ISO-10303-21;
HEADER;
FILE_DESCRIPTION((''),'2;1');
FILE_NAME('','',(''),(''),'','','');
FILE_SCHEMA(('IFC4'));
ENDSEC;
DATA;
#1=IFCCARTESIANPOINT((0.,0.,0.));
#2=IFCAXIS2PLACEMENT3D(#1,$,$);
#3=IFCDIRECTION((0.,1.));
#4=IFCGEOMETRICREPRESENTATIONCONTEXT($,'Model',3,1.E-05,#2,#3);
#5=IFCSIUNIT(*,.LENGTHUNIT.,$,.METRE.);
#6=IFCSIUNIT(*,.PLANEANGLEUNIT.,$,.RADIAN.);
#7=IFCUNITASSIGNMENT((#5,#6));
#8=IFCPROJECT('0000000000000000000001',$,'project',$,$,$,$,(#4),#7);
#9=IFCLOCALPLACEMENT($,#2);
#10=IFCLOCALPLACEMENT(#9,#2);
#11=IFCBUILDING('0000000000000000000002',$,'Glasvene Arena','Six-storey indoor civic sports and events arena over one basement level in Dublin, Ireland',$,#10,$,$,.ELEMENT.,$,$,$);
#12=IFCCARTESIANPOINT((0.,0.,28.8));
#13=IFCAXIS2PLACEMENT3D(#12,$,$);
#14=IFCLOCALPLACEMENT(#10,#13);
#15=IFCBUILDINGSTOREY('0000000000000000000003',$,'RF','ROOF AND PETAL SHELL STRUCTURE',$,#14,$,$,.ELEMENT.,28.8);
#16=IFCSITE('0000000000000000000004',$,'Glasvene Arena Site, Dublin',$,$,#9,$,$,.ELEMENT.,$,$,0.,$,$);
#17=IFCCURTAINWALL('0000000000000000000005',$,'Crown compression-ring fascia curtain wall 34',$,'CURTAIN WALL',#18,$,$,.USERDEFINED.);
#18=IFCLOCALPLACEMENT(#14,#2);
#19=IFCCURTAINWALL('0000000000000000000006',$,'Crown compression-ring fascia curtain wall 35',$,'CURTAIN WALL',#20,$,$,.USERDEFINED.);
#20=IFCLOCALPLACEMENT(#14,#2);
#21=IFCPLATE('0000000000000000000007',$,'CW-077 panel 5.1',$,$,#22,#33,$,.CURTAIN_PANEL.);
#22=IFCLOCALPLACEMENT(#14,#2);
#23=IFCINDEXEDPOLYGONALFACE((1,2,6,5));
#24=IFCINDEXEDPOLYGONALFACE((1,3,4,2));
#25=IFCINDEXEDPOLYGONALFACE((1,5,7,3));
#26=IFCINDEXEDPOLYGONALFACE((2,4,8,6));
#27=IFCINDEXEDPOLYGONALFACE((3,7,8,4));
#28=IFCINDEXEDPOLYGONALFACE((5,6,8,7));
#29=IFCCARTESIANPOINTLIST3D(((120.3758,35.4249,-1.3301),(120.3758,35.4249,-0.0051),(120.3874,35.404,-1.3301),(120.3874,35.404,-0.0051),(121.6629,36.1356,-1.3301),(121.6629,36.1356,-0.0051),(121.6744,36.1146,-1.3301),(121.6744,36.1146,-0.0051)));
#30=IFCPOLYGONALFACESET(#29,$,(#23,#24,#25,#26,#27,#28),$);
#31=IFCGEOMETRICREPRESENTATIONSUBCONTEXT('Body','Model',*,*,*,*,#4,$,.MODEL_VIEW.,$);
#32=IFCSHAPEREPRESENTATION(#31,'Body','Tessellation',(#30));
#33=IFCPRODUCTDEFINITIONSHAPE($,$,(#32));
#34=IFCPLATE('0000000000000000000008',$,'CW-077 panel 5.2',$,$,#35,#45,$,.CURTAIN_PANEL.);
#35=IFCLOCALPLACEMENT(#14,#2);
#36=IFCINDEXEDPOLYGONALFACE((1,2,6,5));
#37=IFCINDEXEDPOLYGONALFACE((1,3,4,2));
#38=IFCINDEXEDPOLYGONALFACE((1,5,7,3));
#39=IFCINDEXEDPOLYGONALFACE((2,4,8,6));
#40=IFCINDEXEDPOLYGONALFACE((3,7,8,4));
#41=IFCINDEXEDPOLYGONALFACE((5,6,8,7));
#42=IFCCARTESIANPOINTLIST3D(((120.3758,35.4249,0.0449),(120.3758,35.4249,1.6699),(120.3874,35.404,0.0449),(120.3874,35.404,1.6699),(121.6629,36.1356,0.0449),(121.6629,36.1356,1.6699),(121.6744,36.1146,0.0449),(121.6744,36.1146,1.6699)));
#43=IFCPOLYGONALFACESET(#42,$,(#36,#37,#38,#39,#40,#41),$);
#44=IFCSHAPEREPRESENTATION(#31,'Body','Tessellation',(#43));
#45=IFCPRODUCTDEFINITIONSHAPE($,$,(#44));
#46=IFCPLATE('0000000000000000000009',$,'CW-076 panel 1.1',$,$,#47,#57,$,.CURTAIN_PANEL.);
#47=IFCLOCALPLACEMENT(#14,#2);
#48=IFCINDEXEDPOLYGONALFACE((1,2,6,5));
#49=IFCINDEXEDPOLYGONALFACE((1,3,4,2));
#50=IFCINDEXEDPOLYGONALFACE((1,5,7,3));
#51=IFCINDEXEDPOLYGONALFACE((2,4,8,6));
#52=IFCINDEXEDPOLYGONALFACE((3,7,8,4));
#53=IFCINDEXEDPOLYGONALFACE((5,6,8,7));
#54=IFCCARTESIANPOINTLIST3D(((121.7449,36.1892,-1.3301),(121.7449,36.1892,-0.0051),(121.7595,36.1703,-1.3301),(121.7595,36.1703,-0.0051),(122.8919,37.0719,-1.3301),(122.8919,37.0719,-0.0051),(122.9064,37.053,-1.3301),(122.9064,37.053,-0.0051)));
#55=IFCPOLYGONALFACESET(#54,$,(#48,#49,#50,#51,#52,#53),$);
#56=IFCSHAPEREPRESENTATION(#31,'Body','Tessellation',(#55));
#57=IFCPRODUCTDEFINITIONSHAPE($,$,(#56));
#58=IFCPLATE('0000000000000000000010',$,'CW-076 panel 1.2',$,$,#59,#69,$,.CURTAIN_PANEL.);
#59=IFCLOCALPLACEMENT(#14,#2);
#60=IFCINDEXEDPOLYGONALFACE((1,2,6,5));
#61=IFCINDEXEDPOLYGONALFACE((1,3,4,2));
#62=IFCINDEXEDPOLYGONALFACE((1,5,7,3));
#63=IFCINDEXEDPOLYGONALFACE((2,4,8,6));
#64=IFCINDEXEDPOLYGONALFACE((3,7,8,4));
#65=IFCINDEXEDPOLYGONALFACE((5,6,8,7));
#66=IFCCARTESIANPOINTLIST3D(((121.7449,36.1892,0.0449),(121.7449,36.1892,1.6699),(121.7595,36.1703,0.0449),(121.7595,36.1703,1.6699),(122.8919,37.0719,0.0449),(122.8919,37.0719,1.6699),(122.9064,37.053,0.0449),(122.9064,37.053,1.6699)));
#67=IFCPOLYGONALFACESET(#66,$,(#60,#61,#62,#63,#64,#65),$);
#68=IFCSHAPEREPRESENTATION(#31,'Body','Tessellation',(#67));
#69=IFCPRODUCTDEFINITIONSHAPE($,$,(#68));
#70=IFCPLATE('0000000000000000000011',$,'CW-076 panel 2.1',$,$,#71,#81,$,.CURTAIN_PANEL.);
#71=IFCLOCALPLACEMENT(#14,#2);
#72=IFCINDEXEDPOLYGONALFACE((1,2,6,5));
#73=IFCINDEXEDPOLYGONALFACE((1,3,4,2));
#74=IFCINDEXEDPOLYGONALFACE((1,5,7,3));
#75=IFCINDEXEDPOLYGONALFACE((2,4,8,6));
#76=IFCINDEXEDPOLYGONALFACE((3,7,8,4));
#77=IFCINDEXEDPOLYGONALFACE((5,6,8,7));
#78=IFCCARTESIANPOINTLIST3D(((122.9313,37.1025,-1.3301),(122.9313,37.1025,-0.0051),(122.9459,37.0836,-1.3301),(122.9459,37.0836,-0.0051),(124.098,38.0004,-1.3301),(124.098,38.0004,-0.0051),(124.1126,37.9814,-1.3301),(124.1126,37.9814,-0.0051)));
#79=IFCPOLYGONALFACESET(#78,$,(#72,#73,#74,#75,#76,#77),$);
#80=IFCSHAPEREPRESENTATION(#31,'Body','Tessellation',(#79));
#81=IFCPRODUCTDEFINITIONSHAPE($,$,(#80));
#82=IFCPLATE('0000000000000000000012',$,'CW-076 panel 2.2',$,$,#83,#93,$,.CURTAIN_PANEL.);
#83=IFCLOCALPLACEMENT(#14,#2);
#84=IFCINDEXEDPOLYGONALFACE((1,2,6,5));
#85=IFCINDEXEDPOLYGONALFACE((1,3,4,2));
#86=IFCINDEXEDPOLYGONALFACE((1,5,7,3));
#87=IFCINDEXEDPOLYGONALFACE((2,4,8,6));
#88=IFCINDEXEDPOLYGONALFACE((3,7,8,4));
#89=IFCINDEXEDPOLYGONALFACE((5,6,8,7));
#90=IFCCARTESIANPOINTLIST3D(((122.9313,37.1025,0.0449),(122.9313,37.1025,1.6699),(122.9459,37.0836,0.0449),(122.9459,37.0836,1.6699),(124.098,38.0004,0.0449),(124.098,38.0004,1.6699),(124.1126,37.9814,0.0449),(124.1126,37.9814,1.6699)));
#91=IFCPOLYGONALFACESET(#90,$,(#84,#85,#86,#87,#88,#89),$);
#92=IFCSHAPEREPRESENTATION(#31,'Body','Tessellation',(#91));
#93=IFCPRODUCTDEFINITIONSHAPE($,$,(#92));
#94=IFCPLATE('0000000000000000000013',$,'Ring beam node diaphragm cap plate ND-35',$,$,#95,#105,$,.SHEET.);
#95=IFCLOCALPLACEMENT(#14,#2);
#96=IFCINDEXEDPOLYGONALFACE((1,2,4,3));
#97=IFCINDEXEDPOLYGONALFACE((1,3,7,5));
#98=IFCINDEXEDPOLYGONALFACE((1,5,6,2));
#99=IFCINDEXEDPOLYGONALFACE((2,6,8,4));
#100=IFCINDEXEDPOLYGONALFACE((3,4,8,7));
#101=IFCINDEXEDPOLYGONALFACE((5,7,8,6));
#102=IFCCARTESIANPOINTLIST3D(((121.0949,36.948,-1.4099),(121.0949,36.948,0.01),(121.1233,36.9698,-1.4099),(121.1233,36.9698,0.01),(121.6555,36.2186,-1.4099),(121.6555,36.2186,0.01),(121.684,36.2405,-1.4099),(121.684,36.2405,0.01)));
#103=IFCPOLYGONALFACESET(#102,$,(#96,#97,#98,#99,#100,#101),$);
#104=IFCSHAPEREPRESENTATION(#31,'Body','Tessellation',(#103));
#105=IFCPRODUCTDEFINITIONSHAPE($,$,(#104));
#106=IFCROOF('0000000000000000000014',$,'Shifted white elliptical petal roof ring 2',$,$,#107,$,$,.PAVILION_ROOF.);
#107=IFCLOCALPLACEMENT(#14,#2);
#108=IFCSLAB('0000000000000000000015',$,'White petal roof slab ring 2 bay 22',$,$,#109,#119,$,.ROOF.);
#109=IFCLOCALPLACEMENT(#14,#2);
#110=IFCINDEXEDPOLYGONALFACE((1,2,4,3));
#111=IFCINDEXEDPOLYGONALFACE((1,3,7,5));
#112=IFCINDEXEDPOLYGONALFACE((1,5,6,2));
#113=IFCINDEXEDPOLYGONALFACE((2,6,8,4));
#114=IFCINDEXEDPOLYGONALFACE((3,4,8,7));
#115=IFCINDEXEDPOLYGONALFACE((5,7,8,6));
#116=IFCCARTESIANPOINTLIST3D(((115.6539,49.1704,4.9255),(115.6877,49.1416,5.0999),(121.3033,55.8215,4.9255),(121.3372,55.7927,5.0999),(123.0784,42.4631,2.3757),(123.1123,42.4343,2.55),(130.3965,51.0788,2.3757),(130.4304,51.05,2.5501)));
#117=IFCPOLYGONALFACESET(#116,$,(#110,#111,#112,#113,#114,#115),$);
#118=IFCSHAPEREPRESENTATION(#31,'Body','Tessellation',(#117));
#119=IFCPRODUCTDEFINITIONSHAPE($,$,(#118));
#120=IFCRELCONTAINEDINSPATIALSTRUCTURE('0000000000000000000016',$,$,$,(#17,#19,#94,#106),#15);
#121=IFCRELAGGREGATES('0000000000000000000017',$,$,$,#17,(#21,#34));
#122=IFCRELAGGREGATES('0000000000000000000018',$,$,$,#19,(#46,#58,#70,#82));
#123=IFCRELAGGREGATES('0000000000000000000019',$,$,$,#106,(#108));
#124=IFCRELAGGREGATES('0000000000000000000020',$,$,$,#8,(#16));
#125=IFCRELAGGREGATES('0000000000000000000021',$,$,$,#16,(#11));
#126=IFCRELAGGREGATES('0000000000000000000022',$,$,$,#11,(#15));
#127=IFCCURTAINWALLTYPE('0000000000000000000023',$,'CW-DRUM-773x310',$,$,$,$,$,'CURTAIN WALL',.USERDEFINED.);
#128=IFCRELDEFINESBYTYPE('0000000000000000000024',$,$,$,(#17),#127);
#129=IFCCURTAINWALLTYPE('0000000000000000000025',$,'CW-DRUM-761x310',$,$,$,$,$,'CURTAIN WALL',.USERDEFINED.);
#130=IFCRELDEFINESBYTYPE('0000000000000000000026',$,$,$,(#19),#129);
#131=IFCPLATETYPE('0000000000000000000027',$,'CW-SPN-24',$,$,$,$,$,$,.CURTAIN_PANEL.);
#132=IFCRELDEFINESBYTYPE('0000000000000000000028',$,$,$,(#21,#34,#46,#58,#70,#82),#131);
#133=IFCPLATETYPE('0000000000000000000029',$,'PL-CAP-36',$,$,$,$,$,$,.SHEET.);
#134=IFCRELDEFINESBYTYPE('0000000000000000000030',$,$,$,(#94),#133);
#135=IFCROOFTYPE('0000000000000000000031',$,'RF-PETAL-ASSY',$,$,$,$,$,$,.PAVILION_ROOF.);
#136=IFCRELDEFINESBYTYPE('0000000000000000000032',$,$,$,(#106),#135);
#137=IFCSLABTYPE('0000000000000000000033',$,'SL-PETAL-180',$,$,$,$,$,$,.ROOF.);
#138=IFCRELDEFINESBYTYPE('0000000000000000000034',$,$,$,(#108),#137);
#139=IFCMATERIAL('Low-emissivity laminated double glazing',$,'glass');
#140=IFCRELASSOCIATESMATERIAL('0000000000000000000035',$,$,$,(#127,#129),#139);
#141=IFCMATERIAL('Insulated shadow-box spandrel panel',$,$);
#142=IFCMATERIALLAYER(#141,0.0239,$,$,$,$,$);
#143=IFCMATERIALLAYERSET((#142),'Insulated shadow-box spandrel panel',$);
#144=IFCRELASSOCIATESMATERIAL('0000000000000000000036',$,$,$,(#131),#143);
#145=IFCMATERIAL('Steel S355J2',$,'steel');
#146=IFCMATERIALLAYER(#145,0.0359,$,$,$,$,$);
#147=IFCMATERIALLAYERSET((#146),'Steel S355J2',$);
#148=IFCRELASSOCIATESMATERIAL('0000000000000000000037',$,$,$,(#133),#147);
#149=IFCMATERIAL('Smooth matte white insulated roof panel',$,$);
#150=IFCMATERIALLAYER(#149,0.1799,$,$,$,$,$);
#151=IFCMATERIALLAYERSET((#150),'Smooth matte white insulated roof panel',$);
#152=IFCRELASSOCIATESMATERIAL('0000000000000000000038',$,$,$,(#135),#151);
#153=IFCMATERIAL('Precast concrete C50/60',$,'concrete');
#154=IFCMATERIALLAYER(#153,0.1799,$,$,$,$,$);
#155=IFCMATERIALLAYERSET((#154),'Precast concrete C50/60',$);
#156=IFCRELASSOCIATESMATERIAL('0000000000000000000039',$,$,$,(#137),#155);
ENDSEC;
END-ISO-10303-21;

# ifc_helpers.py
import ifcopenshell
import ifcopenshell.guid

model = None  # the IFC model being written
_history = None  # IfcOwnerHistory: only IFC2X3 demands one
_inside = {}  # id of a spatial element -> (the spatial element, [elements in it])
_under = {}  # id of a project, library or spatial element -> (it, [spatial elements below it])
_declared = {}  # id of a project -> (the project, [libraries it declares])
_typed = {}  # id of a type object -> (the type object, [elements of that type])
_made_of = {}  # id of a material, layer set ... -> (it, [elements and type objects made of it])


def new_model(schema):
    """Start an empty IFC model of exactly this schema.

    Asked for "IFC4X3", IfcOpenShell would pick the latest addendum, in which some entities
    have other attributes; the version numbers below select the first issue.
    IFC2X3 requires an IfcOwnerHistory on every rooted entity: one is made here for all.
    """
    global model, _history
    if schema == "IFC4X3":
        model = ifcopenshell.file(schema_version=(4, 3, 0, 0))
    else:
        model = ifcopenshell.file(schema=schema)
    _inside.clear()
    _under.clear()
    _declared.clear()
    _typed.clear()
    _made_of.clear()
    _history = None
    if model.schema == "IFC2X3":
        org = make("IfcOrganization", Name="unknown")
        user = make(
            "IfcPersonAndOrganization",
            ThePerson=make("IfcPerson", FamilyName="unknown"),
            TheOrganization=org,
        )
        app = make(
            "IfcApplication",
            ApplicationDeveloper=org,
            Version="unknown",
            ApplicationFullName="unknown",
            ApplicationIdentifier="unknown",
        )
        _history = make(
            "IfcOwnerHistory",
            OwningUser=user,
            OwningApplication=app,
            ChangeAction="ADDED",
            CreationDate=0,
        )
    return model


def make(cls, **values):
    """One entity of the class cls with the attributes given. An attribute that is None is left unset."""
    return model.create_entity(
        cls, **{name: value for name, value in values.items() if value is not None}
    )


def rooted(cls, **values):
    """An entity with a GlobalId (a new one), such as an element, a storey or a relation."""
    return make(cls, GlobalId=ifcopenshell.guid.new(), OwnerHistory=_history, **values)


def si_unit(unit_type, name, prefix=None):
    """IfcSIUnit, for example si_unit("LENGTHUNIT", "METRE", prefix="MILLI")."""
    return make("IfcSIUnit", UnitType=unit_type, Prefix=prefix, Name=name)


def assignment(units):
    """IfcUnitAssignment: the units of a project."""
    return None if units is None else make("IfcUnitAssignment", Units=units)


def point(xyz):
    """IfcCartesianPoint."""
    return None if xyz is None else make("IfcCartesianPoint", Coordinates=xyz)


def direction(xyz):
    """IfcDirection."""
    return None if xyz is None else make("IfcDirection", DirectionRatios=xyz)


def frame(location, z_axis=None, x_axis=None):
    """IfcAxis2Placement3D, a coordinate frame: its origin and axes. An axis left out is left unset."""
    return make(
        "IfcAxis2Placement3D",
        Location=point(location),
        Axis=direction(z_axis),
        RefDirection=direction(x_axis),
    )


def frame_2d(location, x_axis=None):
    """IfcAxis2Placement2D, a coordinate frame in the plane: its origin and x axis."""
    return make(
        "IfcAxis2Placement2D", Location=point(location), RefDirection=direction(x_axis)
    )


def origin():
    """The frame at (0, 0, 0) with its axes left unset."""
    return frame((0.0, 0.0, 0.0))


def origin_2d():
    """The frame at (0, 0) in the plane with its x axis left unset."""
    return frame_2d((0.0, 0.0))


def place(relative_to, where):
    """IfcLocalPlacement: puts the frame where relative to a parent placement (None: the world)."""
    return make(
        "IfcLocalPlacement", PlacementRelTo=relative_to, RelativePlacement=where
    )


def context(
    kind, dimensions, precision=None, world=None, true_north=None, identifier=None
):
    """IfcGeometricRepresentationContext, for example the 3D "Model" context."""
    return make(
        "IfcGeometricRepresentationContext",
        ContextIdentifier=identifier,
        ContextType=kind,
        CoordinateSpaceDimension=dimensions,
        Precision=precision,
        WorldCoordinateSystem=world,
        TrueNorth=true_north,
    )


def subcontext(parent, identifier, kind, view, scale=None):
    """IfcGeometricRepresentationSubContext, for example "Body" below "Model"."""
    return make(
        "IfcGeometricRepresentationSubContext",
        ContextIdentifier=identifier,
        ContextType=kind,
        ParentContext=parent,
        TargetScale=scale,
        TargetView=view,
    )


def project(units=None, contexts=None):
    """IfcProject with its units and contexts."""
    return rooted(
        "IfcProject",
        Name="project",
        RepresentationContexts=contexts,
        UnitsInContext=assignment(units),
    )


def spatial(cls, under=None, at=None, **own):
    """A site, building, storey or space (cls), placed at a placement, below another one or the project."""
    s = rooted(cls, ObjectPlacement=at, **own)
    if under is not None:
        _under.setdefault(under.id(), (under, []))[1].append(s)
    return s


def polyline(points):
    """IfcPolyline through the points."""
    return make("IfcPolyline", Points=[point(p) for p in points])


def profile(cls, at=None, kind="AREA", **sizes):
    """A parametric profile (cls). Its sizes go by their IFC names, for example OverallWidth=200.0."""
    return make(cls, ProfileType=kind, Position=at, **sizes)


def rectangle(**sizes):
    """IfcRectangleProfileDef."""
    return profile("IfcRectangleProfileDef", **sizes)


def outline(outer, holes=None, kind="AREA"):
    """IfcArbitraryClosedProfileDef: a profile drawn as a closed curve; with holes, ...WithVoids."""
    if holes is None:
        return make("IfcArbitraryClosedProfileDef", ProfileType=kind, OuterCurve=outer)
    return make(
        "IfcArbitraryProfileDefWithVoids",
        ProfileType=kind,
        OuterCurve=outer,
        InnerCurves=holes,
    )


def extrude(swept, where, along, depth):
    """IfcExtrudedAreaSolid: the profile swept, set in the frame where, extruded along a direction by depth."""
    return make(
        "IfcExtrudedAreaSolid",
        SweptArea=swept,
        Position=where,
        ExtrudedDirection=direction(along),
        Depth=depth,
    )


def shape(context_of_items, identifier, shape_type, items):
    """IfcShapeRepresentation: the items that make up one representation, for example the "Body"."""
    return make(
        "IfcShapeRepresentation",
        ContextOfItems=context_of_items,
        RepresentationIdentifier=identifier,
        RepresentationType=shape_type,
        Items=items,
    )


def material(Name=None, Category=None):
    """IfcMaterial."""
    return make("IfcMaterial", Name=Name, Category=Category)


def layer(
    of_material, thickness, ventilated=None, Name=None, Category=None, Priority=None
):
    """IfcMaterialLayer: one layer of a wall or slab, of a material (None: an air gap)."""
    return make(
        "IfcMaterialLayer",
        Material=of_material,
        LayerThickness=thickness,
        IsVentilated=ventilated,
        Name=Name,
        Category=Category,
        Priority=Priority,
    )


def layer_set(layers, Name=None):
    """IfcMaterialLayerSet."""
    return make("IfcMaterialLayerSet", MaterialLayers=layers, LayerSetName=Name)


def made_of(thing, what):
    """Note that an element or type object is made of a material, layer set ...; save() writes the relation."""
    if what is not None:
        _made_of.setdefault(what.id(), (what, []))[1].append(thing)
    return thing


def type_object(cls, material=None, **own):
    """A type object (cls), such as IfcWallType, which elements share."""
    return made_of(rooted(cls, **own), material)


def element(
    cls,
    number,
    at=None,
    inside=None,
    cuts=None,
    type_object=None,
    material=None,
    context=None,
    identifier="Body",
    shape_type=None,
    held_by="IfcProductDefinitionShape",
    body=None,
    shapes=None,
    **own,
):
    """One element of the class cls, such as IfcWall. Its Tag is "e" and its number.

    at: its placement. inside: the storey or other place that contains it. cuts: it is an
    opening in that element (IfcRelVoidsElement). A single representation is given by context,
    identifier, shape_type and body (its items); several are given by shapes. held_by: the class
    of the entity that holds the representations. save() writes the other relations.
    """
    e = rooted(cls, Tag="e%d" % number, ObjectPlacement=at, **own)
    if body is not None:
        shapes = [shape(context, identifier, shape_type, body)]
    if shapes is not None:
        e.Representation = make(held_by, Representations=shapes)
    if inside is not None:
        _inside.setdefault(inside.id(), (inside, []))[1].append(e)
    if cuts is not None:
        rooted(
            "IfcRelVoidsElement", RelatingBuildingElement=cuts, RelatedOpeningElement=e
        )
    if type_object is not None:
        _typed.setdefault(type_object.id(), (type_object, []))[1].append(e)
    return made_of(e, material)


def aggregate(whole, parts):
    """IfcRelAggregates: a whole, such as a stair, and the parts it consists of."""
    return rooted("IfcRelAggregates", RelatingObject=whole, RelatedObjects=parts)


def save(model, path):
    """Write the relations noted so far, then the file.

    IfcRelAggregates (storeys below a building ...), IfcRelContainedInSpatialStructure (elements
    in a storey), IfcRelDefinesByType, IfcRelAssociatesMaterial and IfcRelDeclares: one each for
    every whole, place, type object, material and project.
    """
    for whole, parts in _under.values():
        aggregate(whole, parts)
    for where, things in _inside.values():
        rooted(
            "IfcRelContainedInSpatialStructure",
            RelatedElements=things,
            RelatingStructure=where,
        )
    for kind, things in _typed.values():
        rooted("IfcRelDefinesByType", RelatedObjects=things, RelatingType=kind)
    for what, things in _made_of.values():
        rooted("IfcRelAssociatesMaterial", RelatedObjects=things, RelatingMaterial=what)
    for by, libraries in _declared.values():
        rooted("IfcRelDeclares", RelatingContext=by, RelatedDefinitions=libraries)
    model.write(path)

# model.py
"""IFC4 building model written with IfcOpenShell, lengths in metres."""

from ifc_helpers import new_model, si_unit, direction, frame, origin, origin_2d, place, context, subcontext, project, spatial, polyline, rectangle, outline, extrude, material, layer, layer_set, type_object, element, aggregate, save


model = new_model("IFC4")

# Units and contexts
model_context = context("Model", 3, precision=1e-05, world=origin(), true_north=direction((0.0, 1.0)))
body_context = subcontext(model_context, "Body", "Model", "MODEL_VIEW")
ifc_project = project(units=[si_unit("LENGTHUNIT", "METRE"), si_unit("PLANEANGLEUNIT", "RADIAN")], contexts=[model_context])

# Site, building, storey
site_placement = place(None, origin())
site = spatial("IfcSite", under=ifc_project, at=site_placement, Name="Glasvene Arena Site, Dublin", CompositionType="ELEMENT", RefElevation=0.0)
building_placement = place(site_placement, origin())
building = spatial("IfcBuilding", under=site, at=building_placement, Name="Glasvene Arena", Description="Six-storey indoor civic sports and events arena over one basement level in Dublin, Ireland", CompositionType="ELEMENT")
storey_placement = place(building_placement, frame((0.0, 0.0, 28.8)))
storey = spatial("IfcBuildingStorey", under=building, at=storey_placement, Name="RF", Description="ROOF AND PETAL SHELL STRUCTURE", CompositionType="ELEMENT", Elevation=28.8)

# Shared definitions
ifc_material_1 = material(Name="Steel S355J2", Category="steel")

# Curtain wall
ifc_material_2 = material(Name="Low-emissivity laminated double glazing", Category="glass")
curtain_wall_type_1 = type_object("IfcCurtainWallType", Name="CW-DRUM-773x310", ElementType="CURTAIN WALL", PredefinedType="USERDEFINED", material=ifc_material_2)
curtain_wall_1_placement = place(storey_placement, frame((114.9492, 32.4148, 0.0)))
curtain_wall_1 = element("IfcCurtainWall", 1, at=curtain_wall_1_placement, inside=storey, type_object=curtain_wall_type_1, Name="Crown compression-ring fascia curtain wall 34", ObjectType="CURTAIN WALL", PredefinedType="USERDEFINED")

# Curtain wall
curtain_wall_type_2 = type_object("IfcCurtainWallType", Name="CW-DRUM-761x310", ElementType="CURTAIN WALL", PredefinedType="USERDEFINED", material=ifc_material_2)
curtain_wall_2_placement = place(storey_placement, frame((121.7124, 36.1494, 0.0)))
curtain_wall_2 = element("IfcCurtainWall", 2, at=curtain_wall_2_placement, inside=storey, type_object=curtain_wall_type_2, Name="Crown compression-ring fascia curtain wall 35", ObjectType="CURTAIN WALL", PredefinedType="USERDEFINED")

# Plates
ifc_material_3 = material(Name="Insulated shadow-box spandrel panel")
ifc_layer_1 = layer(ifc_material_3, 0.0239)
ifc_layer_set_1 = layer_set([ifc_layer_1], Name="Insulated shadow-box spandrel panel")
plate_type_1 = type_object("IfcPlateType", Name="CW-SPN-24", PredefinedType="CURTAIN_PANEL", material=ifc_layer_set_1)
plate_1_placement = place(storey_placement, frame((121.0251, 35.7698, -1.3301), z_axis=(0.0, 0.0, 1.0), x_axis=(0.875407, 0.483387, 0.0)))
plate_1 = element("IfcPlate", 3, at=plate_1_placement, type_object=plate_type_1, Name="CW-077 panel 5.1", PredefinedType="CURTAIN_PANEL", context=body_context, shape_type="SweptSolid", body=[
    extrude(rectangle(XDim=1.4702, YDim=0.0239, at=origin_2d()), origin(), (0.0, 0.0, 1.0), 1.325),
])
plate_2_placement = place(storey_placement, frame((121.0251, 35.7698, 0.0449), z_axis=(0.0, 0.0, 1.0), x_axis=(0.875407, 0.483387, 0.0)))
plate_2 = element("IfcPlate", 4, at=plate_2_placement, type_object=plate_type_1, Name="CW-077 panel 5.2", PredefinedType="CURTAIN_PANEL", context=body_context, shape_type="SweptSolid", body=[
    extrude(rectangle(XDim=1.4702, YDim=0.0239, at=origin_2d()), origin(), (0.0, 0.0, 1.0), 1.625),
])
aggregate(curtain_wall_1, [plate_1, plate_2])
plate_3_placement = place(storey_placement, frame((122.3257, 36.6211, -1.3301), z_axis=(0.0, 0.0, 1.0), x_axis=(0.792482, 0.609895, 0.0)))
plate_3 = element("IfcPlate", 5, at=plate_3_placement, type_object=plate_type_1, Name="CW-076 panel 1.1", PredefinedType="CURTAIN_PANEL", context=body_context, shape_type="SweptSolid", body=[
    extrude(rectangle(XDim=1.4473, YDim=0.0239, at=origin_2d()), origin(), (0.0, 0.0, 1.0), 1.325),
])
plate_4_placement = place(storey_placement, frame((122.3257, 36.6211, 0.0449), z_axis=(0.0, 0.0, 1.0), x_axis=(0.792482, 0.609895, 0.0)))
plate_4 = element("IfcPlate", 6, at=plate_4_placement, type_object=plate_type_1, Name="CW-076 panel 1.2", PredefinedType="CURTAIN_PANEL", context=body_context, shape_type="SweptSolid", body=[
    extrude(rectangle(XDim=1.4473, YDim=0.0239, at=origin_2d()), origin(), (0.0, 0.0, 1.0), 1.625),
])
plate_5_placement = place(storey_placement, frame((123.522, 37.542, -1.3301), z_axis=(0.0, 0.0, 1.0), x_axis=(0.792482, 0.609895, 0.0)))
plate_5 = element("IfcPlate", 7, at=plate_5_placement, type_object=plate_type_1, Name="CW-076 panel 2.1", PredefinedType="CURTAIN_PANEL", context=body_context, shape_type="SweptSolid", body=[
    extrude(rectangle(XDim=1.4722, YDim=0.0239, at=origin_2d()), origin(), (0.0, 0.0, 1.0), 1.325),
])
plate_6_placement = place(storey_placement, frame((123.522, 37.542, 0.0449), z_axis=(0.0, 0.0, 1.0), x_axis=(0.792482, 0.609895, 0.0)))
plate_6 = element("IfcPlate", 8, at=plate_6_placement, type_object=plate_type_1, Name="CW-076 panel 2.2", PredefinedType="CURTAIN_PANEL", context=body_context, shape_type="SweptSolid", body=[
    extrude(rectangle(XDim=1.4722, YDim=0.0239, at=origin_2d()), origin(), (0.0, 0.0, 1.0), 1.625),
])
aggregate(curtain_wall_2, [plate_3, plate_4, plate_5, plate_6])
ifc_layer_2 = layer(ifc_material_1, 0.0359)
ifc_layer_set_2 = layer_set([ifc_layer_2], Name="Steel S355J2")
plate_type_2 = type_object("IfcPlateType", Name="PL-CAP-36", PredefinedType="SHEET", material=ifc_layer_set_2)
plate_7_placement = place(storey_placement, frame((121.3894, 36.5942, -1.4099), z_axis=(0.0, 0.0, 1.0), x_axis=(0.792822, 0.609454, 0.0)))
element("IfcPlate", 9, at=plate_7_placement, inside=storey, type_object=plate_type_2, Name="Ring beam node diaphragm cap plate ND-35", PredefinedType="SHEET", context=body_context, shape_type="SweptSolid", body=[
    extrude(rectangle(XDim=0.0359, YDim=0.9199, at=origin_2d()), origin(), (0.0, 0.0, 1.0), 1.4199),
])

# Roof, slab
ifc_material_4 = material(Name="Smooth matte white insulated roof panel")
ifc_layer_3 = layer(ifc_material_4, 0.1799)
ifc_layer_set_3 = layer_set([ifc_layer_3], Name="Smooth matte white insulated roof panel")
roof_type = type_object("IfcRoofType", Name="RF-PETAL-ASSY", PredefinedType="PAVILION_ROOF", material=ifc_layer_set_3)
roof_placement = place(storey_placement, frame((90.55, 71.8501, 2.55)))
roof = element("IfcRoof", 10, at=roof_placement, inside=storey, type_object=roof_type, Name="Shifted white elliptical petal roof ring 2", PredefinedType="PAVILION_ROOF")
ifc_material_5 = material(Name="Precast concrete C50/60", Category="concrete")
ifc_layer_4 = layer(ifc_material_5, 0.1799)
ifc_layer_set_4 = layer_set([ifc_layer_4], Name="Precast concrete C50/60")
slab_type = type_object("IfcSlabType", Name="SL-PETAL-180", PredefinedType="ROOF", material=ifc_layer_set_4)
slab_placement = place(storey_placement, frame((123.1123, 42.4343, 2.55), z_axis=(0.188297, -0.159938, 0.969002), x_axis=(0.647379, 0.762168, 0.0)))
slab = element("IfcSlab", 11, at=slab_placement, type_object=slab_type, Name="White petal roof slab ring 2 bay 22", PredefinedType="ROOF", context=body_context, shape_type="SweptSolid", body=[
    extrude(outline(polyline([(0.0, 0.0), (11.3042, 0.0), (9.0322, 10.3208), (0.3056, 10.3208), (0.0, 0.0)])), origin(), (0.0, 0.0, -1.0), 0.1799),
])
aggregate(roof, [slab])

save(model, "model.ifc")
